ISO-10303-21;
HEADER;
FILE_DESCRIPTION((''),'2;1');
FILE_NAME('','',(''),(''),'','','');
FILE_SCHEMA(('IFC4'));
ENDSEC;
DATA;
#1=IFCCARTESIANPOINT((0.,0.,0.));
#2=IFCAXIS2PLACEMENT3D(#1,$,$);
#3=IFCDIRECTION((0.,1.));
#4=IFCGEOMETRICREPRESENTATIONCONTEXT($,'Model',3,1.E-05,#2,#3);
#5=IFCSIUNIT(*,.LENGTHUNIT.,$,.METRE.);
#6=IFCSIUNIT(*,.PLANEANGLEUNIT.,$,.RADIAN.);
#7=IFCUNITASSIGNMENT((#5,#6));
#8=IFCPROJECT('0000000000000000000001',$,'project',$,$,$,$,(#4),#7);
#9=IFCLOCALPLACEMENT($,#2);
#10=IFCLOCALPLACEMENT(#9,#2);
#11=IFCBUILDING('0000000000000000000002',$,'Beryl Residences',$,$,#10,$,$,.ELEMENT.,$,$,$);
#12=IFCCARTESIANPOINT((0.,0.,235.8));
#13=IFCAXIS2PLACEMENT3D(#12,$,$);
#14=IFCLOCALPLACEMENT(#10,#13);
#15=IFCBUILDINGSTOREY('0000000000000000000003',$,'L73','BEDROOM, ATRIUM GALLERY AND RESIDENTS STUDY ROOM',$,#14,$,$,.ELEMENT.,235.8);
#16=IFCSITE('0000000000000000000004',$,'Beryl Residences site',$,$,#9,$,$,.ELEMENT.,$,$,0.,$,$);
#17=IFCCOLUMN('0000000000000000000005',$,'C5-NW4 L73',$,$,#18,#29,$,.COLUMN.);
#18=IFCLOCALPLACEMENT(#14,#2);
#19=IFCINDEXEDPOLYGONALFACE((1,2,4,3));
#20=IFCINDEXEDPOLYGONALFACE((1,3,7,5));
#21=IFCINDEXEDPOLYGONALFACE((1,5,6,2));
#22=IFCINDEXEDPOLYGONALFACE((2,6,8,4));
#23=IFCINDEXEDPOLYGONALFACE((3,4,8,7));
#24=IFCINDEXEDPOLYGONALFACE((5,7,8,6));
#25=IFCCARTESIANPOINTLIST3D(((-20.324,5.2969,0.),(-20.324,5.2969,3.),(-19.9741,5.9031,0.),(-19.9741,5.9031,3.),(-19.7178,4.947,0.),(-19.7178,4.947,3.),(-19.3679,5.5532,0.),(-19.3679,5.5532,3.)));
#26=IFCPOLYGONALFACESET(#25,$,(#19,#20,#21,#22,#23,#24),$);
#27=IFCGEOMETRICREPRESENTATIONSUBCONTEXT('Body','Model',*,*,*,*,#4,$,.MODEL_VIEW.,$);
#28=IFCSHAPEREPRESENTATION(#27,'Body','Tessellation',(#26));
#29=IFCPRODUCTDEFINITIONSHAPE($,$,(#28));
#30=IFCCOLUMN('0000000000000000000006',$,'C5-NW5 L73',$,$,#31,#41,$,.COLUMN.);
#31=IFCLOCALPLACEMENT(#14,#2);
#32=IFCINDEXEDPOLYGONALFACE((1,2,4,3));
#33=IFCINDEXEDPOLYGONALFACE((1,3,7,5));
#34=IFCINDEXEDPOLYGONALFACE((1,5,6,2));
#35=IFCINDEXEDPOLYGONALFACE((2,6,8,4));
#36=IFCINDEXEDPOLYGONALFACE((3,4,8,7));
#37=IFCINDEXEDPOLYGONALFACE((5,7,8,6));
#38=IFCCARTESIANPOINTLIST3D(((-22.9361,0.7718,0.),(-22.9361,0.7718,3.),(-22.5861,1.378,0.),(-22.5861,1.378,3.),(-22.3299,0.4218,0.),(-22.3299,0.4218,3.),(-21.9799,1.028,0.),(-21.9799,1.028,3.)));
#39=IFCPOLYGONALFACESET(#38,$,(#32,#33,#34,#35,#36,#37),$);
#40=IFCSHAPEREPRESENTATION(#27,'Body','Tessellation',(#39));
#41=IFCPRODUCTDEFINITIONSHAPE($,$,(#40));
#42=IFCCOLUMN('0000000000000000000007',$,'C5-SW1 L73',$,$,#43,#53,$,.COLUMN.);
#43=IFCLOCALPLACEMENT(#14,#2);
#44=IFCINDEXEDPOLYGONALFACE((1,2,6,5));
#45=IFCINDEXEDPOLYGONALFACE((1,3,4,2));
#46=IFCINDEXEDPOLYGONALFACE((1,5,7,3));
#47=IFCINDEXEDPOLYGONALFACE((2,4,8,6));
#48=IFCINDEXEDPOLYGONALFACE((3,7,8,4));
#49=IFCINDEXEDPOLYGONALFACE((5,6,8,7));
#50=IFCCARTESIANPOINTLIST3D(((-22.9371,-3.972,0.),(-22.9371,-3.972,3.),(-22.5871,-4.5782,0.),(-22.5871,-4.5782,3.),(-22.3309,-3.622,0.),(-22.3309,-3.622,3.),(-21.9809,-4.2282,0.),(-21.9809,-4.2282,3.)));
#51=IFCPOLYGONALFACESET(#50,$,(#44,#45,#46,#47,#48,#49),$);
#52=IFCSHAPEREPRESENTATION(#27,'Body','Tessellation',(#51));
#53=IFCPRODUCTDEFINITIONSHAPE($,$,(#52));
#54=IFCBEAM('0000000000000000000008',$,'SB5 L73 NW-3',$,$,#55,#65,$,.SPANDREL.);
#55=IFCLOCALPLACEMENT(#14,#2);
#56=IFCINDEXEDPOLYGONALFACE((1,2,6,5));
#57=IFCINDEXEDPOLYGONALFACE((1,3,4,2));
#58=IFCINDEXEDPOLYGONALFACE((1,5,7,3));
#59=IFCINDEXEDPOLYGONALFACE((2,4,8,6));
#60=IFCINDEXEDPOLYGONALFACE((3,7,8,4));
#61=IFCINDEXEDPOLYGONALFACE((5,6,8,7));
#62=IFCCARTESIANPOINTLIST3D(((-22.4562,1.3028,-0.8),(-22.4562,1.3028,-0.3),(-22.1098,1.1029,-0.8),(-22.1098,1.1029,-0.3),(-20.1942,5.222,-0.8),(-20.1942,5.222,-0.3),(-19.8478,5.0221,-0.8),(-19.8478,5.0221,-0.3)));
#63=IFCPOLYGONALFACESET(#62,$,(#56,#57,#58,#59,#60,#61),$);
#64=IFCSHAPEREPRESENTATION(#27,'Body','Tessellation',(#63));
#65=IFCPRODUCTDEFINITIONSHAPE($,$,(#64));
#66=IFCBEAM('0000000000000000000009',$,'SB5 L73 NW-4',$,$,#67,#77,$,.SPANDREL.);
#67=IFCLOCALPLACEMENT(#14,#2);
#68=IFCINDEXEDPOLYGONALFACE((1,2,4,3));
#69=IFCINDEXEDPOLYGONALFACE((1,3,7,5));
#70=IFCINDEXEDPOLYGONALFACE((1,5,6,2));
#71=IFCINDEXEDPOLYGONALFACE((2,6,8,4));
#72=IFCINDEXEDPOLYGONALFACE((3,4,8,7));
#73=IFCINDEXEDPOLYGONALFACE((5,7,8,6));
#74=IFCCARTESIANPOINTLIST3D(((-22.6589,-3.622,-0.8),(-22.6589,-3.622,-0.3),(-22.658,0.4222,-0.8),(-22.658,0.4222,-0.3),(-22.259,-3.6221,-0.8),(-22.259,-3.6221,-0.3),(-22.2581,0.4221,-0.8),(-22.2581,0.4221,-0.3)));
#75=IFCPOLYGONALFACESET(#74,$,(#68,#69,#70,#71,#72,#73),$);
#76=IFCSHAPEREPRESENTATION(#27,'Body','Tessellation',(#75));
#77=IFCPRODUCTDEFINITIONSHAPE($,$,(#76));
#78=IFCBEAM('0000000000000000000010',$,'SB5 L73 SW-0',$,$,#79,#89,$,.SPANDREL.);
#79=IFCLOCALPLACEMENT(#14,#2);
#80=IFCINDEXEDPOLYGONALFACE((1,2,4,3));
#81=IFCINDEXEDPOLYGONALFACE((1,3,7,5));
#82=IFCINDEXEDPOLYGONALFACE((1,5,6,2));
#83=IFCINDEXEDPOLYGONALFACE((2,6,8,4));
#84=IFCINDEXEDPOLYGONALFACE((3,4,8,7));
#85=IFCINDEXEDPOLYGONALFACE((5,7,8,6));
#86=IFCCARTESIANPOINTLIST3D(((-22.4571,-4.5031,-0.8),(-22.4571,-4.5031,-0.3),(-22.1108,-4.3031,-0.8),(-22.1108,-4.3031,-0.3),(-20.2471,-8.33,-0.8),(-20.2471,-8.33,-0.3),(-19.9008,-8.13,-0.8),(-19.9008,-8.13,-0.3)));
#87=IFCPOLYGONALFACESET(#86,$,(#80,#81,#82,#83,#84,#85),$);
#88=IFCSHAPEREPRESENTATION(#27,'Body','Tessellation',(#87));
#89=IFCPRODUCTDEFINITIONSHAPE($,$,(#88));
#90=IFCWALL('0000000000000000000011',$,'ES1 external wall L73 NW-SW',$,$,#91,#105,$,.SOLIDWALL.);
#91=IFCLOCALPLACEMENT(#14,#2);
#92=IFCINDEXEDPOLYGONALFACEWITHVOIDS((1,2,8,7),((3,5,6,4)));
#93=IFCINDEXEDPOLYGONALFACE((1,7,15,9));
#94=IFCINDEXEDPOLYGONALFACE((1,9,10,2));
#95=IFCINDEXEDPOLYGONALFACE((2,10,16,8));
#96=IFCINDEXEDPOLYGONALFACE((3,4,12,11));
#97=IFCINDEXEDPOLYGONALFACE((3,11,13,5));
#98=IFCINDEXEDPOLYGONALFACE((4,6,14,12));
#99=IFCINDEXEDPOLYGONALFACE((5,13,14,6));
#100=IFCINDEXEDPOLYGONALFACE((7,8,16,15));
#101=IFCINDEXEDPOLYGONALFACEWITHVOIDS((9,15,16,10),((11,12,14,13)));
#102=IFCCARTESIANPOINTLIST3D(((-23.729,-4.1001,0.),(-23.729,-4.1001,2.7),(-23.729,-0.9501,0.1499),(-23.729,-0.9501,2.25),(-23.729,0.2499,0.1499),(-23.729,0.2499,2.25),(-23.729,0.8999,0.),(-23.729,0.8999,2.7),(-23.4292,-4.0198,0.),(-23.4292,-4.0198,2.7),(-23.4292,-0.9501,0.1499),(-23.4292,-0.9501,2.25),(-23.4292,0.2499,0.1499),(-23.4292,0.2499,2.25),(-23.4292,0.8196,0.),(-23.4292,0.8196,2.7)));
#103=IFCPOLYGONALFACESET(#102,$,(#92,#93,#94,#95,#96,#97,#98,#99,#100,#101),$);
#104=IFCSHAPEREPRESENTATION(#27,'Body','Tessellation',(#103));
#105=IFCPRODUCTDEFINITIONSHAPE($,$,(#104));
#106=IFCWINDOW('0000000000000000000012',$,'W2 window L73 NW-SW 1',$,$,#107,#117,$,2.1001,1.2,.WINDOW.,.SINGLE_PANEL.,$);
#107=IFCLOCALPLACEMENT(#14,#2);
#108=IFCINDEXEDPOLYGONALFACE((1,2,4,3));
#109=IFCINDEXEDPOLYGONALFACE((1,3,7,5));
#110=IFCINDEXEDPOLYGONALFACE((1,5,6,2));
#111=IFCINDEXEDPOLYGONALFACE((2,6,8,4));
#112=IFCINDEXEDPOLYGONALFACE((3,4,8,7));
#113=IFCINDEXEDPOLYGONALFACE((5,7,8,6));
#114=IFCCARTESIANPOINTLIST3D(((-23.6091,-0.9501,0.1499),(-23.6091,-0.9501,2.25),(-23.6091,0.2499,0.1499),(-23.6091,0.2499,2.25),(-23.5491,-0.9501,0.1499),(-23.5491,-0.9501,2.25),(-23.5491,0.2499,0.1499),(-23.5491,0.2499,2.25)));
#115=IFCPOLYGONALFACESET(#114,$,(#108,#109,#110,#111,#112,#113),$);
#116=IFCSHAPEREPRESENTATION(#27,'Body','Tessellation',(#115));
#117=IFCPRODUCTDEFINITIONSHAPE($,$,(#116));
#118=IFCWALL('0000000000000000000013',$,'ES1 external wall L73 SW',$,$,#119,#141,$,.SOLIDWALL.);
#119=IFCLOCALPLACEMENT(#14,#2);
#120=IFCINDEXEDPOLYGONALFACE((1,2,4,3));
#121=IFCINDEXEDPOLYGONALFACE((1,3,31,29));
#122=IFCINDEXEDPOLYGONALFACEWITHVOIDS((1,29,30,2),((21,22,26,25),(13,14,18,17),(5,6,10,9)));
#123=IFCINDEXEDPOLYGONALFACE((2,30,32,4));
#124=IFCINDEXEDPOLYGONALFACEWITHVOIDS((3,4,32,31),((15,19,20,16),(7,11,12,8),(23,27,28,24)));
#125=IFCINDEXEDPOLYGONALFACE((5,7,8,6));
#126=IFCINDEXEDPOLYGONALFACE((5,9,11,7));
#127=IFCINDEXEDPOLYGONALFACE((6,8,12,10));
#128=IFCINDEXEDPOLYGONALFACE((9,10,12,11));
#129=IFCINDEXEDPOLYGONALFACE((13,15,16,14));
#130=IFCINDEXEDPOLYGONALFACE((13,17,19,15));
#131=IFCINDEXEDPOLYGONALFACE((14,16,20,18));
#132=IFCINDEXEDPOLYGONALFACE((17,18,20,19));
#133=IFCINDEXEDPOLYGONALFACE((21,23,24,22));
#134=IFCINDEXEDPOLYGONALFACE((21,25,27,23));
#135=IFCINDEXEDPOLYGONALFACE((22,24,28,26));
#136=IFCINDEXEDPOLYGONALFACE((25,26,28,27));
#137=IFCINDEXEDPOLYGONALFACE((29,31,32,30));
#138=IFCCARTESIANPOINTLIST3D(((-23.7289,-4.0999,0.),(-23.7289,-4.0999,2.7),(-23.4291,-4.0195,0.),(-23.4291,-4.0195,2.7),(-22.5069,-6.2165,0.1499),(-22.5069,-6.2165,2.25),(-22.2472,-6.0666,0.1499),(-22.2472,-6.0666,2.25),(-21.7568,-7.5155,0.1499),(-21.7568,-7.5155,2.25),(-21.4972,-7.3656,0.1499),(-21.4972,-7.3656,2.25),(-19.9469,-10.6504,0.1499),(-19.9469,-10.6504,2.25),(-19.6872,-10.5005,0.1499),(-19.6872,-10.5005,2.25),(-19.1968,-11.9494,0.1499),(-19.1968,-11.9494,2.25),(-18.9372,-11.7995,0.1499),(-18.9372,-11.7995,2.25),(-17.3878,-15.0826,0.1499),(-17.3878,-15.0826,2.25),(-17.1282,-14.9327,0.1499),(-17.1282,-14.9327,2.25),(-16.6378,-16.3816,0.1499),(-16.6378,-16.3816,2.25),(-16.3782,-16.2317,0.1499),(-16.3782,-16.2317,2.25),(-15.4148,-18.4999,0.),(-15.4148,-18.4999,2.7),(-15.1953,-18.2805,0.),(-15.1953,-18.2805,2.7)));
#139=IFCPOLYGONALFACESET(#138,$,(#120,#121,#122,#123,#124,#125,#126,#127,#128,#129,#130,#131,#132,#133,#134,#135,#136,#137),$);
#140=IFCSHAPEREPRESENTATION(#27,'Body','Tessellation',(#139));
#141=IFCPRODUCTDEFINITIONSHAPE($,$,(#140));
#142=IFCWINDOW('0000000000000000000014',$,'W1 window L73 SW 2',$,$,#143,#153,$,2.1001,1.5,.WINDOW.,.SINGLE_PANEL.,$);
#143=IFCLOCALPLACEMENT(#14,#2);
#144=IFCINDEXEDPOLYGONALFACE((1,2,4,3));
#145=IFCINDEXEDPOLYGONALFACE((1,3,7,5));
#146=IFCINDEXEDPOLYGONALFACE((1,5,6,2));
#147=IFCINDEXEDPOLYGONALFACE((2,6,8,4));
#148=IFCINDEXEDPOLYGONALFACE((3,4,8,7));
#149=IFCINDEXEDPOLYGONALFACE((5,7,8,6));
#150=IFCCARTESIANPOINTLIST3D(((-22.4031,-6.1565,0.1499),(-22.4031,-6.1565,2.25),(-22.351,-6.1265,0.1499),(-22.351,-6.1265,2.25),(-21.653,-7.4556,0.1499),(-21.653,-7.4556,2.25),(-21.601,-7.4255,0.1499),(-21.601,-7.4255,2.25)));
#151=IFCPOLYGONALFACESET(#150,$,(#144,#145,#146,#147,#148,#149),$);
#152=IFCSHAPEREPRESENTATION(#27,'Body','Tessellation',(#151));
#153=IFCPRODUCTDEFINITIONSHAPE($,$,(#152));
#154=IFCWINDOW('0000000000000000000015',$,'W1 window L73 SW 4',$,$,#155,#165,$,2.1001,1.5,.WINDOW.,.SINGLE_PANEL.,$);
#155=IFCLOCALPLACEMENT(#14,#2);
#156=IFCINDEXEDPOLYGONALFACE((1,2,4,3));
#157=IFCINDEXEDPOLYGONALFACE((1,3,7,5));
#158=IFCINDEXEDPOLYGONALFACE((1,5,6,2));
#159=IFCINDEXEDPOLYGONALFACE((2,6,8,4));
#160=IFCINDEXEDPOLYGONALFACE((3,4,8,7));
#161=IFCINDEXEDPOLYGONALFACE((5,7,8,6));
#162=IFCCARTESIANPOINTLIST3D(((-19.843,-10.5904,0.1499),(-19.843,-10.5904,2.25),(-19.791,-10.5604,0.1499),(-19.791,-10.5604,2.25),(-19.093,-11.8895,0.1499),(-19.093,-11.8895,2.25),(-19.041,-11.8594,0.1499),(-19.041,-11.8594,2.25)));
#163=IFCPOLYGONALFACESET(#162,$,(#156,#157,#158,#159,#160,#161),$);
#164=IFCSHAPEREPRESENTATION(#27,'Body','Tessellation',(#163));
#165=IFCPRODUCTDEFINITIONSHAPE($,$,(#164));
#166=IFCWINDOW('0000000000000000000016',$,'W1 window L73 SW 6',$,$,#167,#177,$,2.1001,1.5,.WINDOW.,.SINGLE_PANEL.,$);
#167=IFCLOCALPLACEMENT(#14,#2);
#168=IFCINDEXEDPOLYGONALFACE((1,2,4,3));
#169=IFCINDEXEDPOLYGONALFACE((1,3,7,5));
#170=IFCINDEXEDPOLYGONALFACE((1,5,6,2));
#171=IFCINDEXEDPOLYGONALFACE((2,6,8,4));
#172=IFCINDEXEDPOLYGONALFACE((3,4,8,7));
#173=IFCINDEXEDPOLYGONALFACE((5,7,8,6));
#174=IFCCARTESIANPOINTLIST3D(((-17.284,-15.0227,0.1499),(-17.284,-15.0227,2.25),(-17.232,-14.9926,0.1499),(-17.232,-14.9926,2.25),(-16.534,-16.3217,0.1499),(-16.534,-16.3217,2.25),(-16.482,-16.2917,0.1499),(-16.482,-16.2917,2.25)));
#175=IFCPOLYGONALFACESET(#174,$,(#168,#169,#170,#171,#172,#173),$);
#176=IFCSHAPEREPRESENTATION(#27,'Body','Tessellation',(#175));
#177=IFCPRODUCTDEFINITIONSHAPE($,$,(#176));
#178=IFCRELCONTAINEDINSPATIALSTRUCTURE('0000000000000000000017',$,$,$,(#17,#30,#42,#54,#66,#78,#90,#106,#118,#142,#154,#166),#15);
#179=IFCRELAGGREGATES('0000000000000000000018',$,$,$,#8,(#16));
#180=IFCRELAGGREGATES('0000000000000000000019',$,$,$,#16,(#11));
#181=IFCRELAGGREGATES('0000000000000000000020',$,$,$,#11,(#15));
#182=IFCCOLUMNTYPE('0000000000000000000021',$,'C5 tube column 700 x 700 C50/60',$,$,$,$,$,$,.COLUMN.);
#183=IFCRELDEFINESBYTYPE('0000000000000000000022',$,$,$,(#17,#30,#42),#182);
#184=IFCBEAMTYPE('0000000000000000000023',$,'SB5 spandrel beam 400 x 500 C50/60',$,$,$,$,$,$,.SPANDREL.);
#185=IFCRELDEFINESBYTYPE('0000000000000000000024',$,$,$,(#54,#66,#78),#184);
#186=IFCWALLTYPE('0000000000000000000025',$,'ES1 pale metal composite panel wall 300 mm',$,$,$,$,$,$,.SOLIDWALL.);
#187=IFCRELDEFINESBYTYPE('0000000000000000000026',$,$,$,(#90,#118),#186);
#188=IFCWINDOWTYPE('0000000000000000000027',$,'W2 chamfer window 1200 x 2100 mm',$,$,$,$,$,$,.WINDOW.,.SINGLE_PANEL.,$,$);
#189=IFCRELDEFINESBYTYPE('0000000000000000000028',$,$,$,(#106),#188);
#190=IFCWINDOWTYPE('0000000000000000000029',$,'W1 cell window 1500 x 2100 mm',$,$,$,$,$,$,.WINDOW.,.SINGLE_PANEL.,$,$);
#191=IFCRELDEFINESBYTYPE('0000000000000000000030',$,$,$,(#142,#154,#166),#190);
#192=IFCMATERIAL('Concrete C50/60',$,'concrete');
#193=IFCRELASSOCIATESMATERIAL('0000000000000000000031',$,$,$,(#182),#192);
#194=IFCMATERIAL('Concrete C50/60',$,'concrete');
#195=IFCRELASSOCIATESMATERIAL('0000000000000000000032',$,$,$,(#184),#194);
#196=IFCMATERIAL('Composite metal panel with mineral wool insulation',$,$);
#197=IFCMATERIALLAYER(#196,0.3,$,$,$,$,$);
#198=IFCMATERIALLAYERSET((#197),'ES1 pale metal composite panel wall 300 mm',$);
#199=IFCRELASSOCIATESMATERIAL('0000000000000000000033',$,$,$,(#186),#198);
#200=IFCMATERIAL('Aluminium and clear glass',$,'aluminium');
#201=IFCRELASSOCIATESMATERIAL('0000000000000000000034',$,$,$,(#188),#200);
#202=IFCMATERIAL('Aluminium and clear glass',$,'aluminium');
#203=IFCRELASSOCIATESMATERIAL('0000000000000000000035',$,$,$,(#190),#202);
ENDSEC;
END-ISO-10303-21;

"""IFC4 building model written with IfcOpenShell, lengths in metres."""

from ifc_helpers import new_model, si_unit, direction, frame, frame_2d, origin, origin_2d, place, context, subcontext, project, spatial, polyline, rectangle, outline, extrude, material, layer, layer_set, material_profile, profile_set, type_object, element, fill, save


model = new_model("IFC4")

# Units and contexts
model_context = context("Model", 3, precision=1e-05, world=origin(), true_north=direction((0.0, 1.0)))
body_context = subcontext(model_context, "Body", "Model", "MODEL_VIEW")
ifc_project = project(units=[si_unit("LENGTHUNIT", "METRE"), si_unit("PLANEANGLEUNIT", "RADIAN")], contexts=[model_context])

# Site, building, storey
site_placement = place(None, origin())
site = spatial("IfcSite", under=ifc_project, at=site_placement, Name="Beryl Residences site", CompositionType="ELEMENT", RefElevation=0.0)
building_placement = place(site_placement, origin())
building = spatial("IfcBuilding", under=site, at=building_placement, Name="Beryl Residences", CompositionType="ELEMENT")
storey_placement = place(building_placement, frame((0.0, 0.0, 235.8)))
storey = spatial("IfcBuildingStorey", under=building, at=storey_placement, Name="L73", Description="BEDROOM, ATRIUM GALLERY AND RESIDENTS STUDY ROOM", CompositionType="ELEMENT", Elevation=235.8)

# Columns
ifc_material_1 = material(Name="Concrete C50/60", Category="concrete")
ifc_material_profile_1 = material_profile(ifc_material_1, rectangle(XDim=0.7, YDim=0.7, at=origin_2d()))
ifc_profile_set_1 = profile_set([ifc_material_profile_1], Name="Concrete C50/60")
column_type = type_object("IfcColumnType", Name="C5 tube column 700 x 700 C50/60", PredefinedType="COLUMN", material=ifc_profile_set_1)
for number, where, z_axis, x_axis, name in (
    (1, (-19.8459, 5.425, 0.0), (0.0, 0.0, 1.0), (-0.49997, -0.866043, 0.0), "C5-NW4 L73"),
    (2, (-22.458, 0.8999, 0.0), (0.0, 0.0, 1.0), (-0.49997, -0.866043, 0.0), "C5-NW5 L73"),
    (3, (-22.459, -4.1001, 0.0), (0.0, 0.0, 1.0), (0.499985, -0.866034, 0.0), "C5-SW1 L73"),
):
    element("IfcColumn", number, at=place(storey_placement, frame(where, z_axis=z_axis, x_axis=x_axis)), inside=storey, type_object=column_type, Name=name, PredefinedType="COLUMN", context=body_context, shape_type="SweptSolid", body=[
        extrude(rectangle(XDim=0.7, YDim=0.7, at=origin_2d()), origin(), (0.0, 0.0, 1.0), 3.0),
    ])

# Beams
ifc_material_2 = material(Name="Concrete C50/60", Category="concrete")
ifc_material_profile_2 = material_profile(ifc_material_2, rectangle(XDim=0.3999, YDim=0.5, at=origin_2d()))
ifc_profile_set_2 = profile_set([ifc_material_profile_2], Name="Concrete C50/60")
beam_type = type_object("IfcBeamType", Name="SB5 spandrel beam 400 x 500 C50/60", PredefinedType="SPANDREL", material=ifc_profile_set_2)
beam_1_placement = place(storey_placement, frame((-20.021, 5.1221, -0.55), z_axis=(-0.49987, -0.8661, 0.0), x_axis=(0.8661, -0.49987, 0.0)))
element("IfcBeam", 4, at=beam_1_placement, inside=storey, type_object=beam_type, Name="SB5 L73 NW-3", PredefinedType="SPANDREL", context=body_context, shape_type="SweptSolid", body=[
    extrude(rectangle(XDim=0.3999, YDim=0.5, at=origin_2d()), origin(), (0.0, 0.0, 1.0), 4.5251),
])
beam_2_placement = place(storey_placement, frame((-22.458, 0.4221, -0.55), z_axis=(-0.000241, -1.0, 0.0), x_axis=(1.0, -0.000241, 0.0)))
element("IfcBeam", 5, at=beam_2_placement, inside=storey, type_object=beam_type, Name="SB5 L73 NW-4", PredefinedType="SPANDREL", context=body_context, shape_type="SweptSolid", body=[
    extrude(rectangle(XDim=0.3999, YDim=0.5, at=origin_2d()), origin(), (0.0, 0.0, 1.0), 4.0442),
])
beam_3_placement = place(storey_placement, frame((-22.2839, -4.4031, -0.55), z_axis=(0.500084, -0.865977, 0.0), x_axis=(0.865977, 0.500084, 0.0)))
element("IfcBeam", 6, at=beam_3_placement, inside=storey, type_object=beam_type, Name="SB5 L73 SW-0", PredefinedType="SPANDREL", context=body_context, shape_type="SweptSolid", body=[
    extrude(rectangle(XDim=0.3999, YDim=0.5, at=origin_2d()), origin(), (0.0, 0.0, 1.0), 4.4192),
])

# Wall, opening, window
ifc_material_3 = material(Name="Composite metal panel with mineral wool insulation")
ifc_layer_1 = layer(ifc_material_3, 0.3)
ifc_layer_set_1 = layer_set([ifc_layer_1], Name="ES1 pale metal composite panel wall 300 mm")
wall_type_1 = type_object("IfcWallType", Name="ES1 pale metal composite panel wall 300 mm", PredefinedType="SOLIDWALL", material=ifc_layer_set_1)
wall_1_placement = place(storey_placement, frame((-23.5791, 0.8999, 0.0), z_axis=(0.0, 0.0, 1.0), x_axis=(0.0, -1.0, 0.0)))
wall_1 = element("IfcWall", 7, at=wall_1_placement, inside=storey, type_object=wall_type_1, Name="ES1 external wall L73 NW-SW", PredefinedType="SOLIDWALL", context=body_context, shape_type="SweptSolid", body=[
    extrude(outline(polyline([(0.0, -0.1499), (5.0, -0.1499), (4.9197, 0.1499), (0.0803, 0.1499), (0.0, -0.1499)])), origin(), (0.0, 0.0, 1.0), 2.7),
])
opening_1_placement = place(wall_1_placement, frame((0.6499, 0.0, 0.1499)))
opening_1 = element("IfcOpeningElement", 8, at=opening_1_placement, cuts=wall_1, PredefinedType="OPENING", context=body_context, shape_type="SweptSolid", body=[
    extrude(rectangle(XDim=1.2, YDim=2.1001, at=frame_2d((0.6001, 1.05))), frame((0.0, 0.1599, 0.0), z_axis=(0.0, -1.0, 0.0), x_axis=(1.0, 0.0, 0.0)), (0.0, 0.0, 1.0), 0.3201),
])
ifc_material_4 = material(Name="Aluminium and clear glass", Category="aluminium")
window_type_1 = type_object("IfcWindowType", Name="W2 chamfer window 1200 x 2100 mm", PartitioningType="SINGLE_PANEL", PredefinedType="WINDOW", material=ifc_material_4)
window_1_placement = place(opening_1_placement, origin())
window_1 = element("IfcWindow", 9, at=window_1_placement, inside=storey, type_object=window_type_1, Name="W2 window L73 NW-SW 1", OverallHeight=2.1001, OverallWidth=1.2, PartitioningType="SINGLE_PANEL", PredefinedType="WINDOW", context=body_context, shape_type="SweptSolid", body=[
    extrude(rectangle(XDim=1.2, YDim=2.1001, at=frame_2d((0.6001, 1.05))), frame((0.0, 0.03, 0.0), z_axis=(0.0, -1.0, 0.0), x_axis=(1.0, 0.0, 0.0)), (0.0, 0.0, 1.0), 0.0601),
])
fill(opening_1, window_1)

# Wall, openings, windows
wall_2_placement = place(storey_placement, frame((-23.5991, -4.0249, 0.0), z_axis=(0.0, 0.0, 1.0), x_axis=(0.500013, -0.866018, 0.0)))
wall_2 = element("IfcWall", 10, at=wall_2_placement, inside=storey, type_object=wall_type_1, Name="ES1 external wall L73 SW", PredefinedType="SOLIDWALL", context=body_context, shape_type="SweptSolid", body=[
    extrude(outline(polyline([(0.0, -0.1499), (16.6279, -0.1499), (16.5476, 0.1499), (0.0803, 0.1499), (0.0, -0.1499)])), origin(), (0.0, 0.0, 1.0), 2.7),
])
opening_2_placement = place(wall_2_placement, frame((2.4441, 0.0, 0.1499)))
opening_2 = element("IfcOpeningElement", 11, at=opening_2_placement, cuts=wall_2, PredefinedType="OPENING", context=body_context, shape_type="SweptSolid", body=[
    extrude(rectangle(XDim=1.5, YDim=2.1001, at=frame_2d((0.75, 1.05))), frame((0.0, 0.1599, 0.0), z_axis=(0.0, -1.0, 0.0), x_axis=(1.0, 0.0, 0.0)), (0.0, 0.0, 1.0), 0.3201),
])
opening_3_placement = place(wall_2_placement, frame((7.564, 0.0, 0.1499)))
opening_3 = element("IfcOpeningElement", 12, at=opening_3_placement, cuts=wall_2, PredefinedType="OPENING", context=body_context, shape_type="SweptSolid", body=[
    extrude(rectangle(XDim=1.5, YDim=2.1001, at=frame_2d((0.75, 1.05))), frame((0.0, 0.1599, 0.0), z_axis=(0.0, -1.0, 0.0), x_axis=(1.0, 0.0, 0.0)), (0.0, 0.0, 1.0), 0.3201),
])
opening_4_placement = place(wall_2_placement, frame((12.6819, 0.0, 0.1499)))
opening_4 = element("IfcOpeningElement", 13, at=opening_4_placement, cuts=wall_2, PredefinedType="OPENING", context=body_context, shape_type="SweptSolid", body=[
    extrude(rectangle(XDim=1.5, YDim=2.1001, at=frame_2d((0.75, 1.05))), frame((0.0, 0.1599, 0.0), z_axis=(0.0, -1.0, 0.0), x_axis=(1.0, 0.0, 0.0)), (0.0, 0.0, 1.0), 0.3201),
])
ifc_material_5 = material(Name="Aluminium and clear glass", Category="aluminium")
window_type_2 = type_object("IfcWindowType", Name="W1 cell window 1500 x 2100 mm", PartitioningType="SINGLE_PANEL", PredefinedType="WINDOW", material=ifc_material_5)
window_2_placement = place(opening_2_placement, origin())
window_2 = element("IfcWindow", 14, at=window_2_placement, inside=storey, type_object=window_type_2, Name="W1 window L73 SW 2", OverallHeight=2.1001, OverallWidth=1.5, PartitioningType="SINGLE_PANEL", PredefinedType="WINDOW", context=body_context, shape_type="SweptSolid", body=[
    extrude(rectangle(XDim=1.5, YDim=2.1001, at=frame_2d((0.75, 1.05))), frame((0.0, 0.03, 0.0), z_axis=(0.0, -1.0, 0.0), x_axis=(1.0, 0.0, 0.0)), (0.0, 0.0, 1.0), 0.0601),
])
fill(opening_2, window_2)
window_3_placement = place(opening_3_placement, origin())
window_3 = element("IfcWindow", 15, at=window_3_placement, inside=storey, type_object=window_type_2, Name="W1 window L73 SW 4", OverallHeight=2.1001, OverallWidth=1.5, PartitioningType="SINGLE_PANEL", PredefinedType="WINDOW", context=body_context, shape_type="SweptSolid", body=[
    extrude(rectangle(XDim=1.5, YDim=2.1001, at=frame_2d((0.75, 1.05))), frame((0.0, 0.03, 0.0), z_axis=(0.0, -1.0, 0.0), x_axis=(1.0, 0.0, 0.0)), (0.0, 0.0, 1.0), 0.0601),
])
fill(opening_3, window_3)
window_4_placement = place(opening_4_placement, origin())
window_4 = element("IfcWindow", 16, at=window_4_placement, inside=storey, type_object=window_type_2, Name="W1 window L73 SW 6", OverallHeight=2.1001, OverallWidth=1.5, PartitioningType="SINGLE_PANEL", PredefinedType="WINDOW", context=body_context, shape_type="SweptSolid", body=[
    extrude(rectangle(XDim=1.5, YDim=2.1001, at=frame_2d((0.75, 1.05))), frame((0.0, 0.03, 0.0), z_axis=(0.0, -1.0, 0.0), x_axis=(1.0, 0.0, 0.0)), (0.0, 0.0, 1.0), 0.0601),
])
fill(opening_4, window_4)

save(model, "model.ifc")
